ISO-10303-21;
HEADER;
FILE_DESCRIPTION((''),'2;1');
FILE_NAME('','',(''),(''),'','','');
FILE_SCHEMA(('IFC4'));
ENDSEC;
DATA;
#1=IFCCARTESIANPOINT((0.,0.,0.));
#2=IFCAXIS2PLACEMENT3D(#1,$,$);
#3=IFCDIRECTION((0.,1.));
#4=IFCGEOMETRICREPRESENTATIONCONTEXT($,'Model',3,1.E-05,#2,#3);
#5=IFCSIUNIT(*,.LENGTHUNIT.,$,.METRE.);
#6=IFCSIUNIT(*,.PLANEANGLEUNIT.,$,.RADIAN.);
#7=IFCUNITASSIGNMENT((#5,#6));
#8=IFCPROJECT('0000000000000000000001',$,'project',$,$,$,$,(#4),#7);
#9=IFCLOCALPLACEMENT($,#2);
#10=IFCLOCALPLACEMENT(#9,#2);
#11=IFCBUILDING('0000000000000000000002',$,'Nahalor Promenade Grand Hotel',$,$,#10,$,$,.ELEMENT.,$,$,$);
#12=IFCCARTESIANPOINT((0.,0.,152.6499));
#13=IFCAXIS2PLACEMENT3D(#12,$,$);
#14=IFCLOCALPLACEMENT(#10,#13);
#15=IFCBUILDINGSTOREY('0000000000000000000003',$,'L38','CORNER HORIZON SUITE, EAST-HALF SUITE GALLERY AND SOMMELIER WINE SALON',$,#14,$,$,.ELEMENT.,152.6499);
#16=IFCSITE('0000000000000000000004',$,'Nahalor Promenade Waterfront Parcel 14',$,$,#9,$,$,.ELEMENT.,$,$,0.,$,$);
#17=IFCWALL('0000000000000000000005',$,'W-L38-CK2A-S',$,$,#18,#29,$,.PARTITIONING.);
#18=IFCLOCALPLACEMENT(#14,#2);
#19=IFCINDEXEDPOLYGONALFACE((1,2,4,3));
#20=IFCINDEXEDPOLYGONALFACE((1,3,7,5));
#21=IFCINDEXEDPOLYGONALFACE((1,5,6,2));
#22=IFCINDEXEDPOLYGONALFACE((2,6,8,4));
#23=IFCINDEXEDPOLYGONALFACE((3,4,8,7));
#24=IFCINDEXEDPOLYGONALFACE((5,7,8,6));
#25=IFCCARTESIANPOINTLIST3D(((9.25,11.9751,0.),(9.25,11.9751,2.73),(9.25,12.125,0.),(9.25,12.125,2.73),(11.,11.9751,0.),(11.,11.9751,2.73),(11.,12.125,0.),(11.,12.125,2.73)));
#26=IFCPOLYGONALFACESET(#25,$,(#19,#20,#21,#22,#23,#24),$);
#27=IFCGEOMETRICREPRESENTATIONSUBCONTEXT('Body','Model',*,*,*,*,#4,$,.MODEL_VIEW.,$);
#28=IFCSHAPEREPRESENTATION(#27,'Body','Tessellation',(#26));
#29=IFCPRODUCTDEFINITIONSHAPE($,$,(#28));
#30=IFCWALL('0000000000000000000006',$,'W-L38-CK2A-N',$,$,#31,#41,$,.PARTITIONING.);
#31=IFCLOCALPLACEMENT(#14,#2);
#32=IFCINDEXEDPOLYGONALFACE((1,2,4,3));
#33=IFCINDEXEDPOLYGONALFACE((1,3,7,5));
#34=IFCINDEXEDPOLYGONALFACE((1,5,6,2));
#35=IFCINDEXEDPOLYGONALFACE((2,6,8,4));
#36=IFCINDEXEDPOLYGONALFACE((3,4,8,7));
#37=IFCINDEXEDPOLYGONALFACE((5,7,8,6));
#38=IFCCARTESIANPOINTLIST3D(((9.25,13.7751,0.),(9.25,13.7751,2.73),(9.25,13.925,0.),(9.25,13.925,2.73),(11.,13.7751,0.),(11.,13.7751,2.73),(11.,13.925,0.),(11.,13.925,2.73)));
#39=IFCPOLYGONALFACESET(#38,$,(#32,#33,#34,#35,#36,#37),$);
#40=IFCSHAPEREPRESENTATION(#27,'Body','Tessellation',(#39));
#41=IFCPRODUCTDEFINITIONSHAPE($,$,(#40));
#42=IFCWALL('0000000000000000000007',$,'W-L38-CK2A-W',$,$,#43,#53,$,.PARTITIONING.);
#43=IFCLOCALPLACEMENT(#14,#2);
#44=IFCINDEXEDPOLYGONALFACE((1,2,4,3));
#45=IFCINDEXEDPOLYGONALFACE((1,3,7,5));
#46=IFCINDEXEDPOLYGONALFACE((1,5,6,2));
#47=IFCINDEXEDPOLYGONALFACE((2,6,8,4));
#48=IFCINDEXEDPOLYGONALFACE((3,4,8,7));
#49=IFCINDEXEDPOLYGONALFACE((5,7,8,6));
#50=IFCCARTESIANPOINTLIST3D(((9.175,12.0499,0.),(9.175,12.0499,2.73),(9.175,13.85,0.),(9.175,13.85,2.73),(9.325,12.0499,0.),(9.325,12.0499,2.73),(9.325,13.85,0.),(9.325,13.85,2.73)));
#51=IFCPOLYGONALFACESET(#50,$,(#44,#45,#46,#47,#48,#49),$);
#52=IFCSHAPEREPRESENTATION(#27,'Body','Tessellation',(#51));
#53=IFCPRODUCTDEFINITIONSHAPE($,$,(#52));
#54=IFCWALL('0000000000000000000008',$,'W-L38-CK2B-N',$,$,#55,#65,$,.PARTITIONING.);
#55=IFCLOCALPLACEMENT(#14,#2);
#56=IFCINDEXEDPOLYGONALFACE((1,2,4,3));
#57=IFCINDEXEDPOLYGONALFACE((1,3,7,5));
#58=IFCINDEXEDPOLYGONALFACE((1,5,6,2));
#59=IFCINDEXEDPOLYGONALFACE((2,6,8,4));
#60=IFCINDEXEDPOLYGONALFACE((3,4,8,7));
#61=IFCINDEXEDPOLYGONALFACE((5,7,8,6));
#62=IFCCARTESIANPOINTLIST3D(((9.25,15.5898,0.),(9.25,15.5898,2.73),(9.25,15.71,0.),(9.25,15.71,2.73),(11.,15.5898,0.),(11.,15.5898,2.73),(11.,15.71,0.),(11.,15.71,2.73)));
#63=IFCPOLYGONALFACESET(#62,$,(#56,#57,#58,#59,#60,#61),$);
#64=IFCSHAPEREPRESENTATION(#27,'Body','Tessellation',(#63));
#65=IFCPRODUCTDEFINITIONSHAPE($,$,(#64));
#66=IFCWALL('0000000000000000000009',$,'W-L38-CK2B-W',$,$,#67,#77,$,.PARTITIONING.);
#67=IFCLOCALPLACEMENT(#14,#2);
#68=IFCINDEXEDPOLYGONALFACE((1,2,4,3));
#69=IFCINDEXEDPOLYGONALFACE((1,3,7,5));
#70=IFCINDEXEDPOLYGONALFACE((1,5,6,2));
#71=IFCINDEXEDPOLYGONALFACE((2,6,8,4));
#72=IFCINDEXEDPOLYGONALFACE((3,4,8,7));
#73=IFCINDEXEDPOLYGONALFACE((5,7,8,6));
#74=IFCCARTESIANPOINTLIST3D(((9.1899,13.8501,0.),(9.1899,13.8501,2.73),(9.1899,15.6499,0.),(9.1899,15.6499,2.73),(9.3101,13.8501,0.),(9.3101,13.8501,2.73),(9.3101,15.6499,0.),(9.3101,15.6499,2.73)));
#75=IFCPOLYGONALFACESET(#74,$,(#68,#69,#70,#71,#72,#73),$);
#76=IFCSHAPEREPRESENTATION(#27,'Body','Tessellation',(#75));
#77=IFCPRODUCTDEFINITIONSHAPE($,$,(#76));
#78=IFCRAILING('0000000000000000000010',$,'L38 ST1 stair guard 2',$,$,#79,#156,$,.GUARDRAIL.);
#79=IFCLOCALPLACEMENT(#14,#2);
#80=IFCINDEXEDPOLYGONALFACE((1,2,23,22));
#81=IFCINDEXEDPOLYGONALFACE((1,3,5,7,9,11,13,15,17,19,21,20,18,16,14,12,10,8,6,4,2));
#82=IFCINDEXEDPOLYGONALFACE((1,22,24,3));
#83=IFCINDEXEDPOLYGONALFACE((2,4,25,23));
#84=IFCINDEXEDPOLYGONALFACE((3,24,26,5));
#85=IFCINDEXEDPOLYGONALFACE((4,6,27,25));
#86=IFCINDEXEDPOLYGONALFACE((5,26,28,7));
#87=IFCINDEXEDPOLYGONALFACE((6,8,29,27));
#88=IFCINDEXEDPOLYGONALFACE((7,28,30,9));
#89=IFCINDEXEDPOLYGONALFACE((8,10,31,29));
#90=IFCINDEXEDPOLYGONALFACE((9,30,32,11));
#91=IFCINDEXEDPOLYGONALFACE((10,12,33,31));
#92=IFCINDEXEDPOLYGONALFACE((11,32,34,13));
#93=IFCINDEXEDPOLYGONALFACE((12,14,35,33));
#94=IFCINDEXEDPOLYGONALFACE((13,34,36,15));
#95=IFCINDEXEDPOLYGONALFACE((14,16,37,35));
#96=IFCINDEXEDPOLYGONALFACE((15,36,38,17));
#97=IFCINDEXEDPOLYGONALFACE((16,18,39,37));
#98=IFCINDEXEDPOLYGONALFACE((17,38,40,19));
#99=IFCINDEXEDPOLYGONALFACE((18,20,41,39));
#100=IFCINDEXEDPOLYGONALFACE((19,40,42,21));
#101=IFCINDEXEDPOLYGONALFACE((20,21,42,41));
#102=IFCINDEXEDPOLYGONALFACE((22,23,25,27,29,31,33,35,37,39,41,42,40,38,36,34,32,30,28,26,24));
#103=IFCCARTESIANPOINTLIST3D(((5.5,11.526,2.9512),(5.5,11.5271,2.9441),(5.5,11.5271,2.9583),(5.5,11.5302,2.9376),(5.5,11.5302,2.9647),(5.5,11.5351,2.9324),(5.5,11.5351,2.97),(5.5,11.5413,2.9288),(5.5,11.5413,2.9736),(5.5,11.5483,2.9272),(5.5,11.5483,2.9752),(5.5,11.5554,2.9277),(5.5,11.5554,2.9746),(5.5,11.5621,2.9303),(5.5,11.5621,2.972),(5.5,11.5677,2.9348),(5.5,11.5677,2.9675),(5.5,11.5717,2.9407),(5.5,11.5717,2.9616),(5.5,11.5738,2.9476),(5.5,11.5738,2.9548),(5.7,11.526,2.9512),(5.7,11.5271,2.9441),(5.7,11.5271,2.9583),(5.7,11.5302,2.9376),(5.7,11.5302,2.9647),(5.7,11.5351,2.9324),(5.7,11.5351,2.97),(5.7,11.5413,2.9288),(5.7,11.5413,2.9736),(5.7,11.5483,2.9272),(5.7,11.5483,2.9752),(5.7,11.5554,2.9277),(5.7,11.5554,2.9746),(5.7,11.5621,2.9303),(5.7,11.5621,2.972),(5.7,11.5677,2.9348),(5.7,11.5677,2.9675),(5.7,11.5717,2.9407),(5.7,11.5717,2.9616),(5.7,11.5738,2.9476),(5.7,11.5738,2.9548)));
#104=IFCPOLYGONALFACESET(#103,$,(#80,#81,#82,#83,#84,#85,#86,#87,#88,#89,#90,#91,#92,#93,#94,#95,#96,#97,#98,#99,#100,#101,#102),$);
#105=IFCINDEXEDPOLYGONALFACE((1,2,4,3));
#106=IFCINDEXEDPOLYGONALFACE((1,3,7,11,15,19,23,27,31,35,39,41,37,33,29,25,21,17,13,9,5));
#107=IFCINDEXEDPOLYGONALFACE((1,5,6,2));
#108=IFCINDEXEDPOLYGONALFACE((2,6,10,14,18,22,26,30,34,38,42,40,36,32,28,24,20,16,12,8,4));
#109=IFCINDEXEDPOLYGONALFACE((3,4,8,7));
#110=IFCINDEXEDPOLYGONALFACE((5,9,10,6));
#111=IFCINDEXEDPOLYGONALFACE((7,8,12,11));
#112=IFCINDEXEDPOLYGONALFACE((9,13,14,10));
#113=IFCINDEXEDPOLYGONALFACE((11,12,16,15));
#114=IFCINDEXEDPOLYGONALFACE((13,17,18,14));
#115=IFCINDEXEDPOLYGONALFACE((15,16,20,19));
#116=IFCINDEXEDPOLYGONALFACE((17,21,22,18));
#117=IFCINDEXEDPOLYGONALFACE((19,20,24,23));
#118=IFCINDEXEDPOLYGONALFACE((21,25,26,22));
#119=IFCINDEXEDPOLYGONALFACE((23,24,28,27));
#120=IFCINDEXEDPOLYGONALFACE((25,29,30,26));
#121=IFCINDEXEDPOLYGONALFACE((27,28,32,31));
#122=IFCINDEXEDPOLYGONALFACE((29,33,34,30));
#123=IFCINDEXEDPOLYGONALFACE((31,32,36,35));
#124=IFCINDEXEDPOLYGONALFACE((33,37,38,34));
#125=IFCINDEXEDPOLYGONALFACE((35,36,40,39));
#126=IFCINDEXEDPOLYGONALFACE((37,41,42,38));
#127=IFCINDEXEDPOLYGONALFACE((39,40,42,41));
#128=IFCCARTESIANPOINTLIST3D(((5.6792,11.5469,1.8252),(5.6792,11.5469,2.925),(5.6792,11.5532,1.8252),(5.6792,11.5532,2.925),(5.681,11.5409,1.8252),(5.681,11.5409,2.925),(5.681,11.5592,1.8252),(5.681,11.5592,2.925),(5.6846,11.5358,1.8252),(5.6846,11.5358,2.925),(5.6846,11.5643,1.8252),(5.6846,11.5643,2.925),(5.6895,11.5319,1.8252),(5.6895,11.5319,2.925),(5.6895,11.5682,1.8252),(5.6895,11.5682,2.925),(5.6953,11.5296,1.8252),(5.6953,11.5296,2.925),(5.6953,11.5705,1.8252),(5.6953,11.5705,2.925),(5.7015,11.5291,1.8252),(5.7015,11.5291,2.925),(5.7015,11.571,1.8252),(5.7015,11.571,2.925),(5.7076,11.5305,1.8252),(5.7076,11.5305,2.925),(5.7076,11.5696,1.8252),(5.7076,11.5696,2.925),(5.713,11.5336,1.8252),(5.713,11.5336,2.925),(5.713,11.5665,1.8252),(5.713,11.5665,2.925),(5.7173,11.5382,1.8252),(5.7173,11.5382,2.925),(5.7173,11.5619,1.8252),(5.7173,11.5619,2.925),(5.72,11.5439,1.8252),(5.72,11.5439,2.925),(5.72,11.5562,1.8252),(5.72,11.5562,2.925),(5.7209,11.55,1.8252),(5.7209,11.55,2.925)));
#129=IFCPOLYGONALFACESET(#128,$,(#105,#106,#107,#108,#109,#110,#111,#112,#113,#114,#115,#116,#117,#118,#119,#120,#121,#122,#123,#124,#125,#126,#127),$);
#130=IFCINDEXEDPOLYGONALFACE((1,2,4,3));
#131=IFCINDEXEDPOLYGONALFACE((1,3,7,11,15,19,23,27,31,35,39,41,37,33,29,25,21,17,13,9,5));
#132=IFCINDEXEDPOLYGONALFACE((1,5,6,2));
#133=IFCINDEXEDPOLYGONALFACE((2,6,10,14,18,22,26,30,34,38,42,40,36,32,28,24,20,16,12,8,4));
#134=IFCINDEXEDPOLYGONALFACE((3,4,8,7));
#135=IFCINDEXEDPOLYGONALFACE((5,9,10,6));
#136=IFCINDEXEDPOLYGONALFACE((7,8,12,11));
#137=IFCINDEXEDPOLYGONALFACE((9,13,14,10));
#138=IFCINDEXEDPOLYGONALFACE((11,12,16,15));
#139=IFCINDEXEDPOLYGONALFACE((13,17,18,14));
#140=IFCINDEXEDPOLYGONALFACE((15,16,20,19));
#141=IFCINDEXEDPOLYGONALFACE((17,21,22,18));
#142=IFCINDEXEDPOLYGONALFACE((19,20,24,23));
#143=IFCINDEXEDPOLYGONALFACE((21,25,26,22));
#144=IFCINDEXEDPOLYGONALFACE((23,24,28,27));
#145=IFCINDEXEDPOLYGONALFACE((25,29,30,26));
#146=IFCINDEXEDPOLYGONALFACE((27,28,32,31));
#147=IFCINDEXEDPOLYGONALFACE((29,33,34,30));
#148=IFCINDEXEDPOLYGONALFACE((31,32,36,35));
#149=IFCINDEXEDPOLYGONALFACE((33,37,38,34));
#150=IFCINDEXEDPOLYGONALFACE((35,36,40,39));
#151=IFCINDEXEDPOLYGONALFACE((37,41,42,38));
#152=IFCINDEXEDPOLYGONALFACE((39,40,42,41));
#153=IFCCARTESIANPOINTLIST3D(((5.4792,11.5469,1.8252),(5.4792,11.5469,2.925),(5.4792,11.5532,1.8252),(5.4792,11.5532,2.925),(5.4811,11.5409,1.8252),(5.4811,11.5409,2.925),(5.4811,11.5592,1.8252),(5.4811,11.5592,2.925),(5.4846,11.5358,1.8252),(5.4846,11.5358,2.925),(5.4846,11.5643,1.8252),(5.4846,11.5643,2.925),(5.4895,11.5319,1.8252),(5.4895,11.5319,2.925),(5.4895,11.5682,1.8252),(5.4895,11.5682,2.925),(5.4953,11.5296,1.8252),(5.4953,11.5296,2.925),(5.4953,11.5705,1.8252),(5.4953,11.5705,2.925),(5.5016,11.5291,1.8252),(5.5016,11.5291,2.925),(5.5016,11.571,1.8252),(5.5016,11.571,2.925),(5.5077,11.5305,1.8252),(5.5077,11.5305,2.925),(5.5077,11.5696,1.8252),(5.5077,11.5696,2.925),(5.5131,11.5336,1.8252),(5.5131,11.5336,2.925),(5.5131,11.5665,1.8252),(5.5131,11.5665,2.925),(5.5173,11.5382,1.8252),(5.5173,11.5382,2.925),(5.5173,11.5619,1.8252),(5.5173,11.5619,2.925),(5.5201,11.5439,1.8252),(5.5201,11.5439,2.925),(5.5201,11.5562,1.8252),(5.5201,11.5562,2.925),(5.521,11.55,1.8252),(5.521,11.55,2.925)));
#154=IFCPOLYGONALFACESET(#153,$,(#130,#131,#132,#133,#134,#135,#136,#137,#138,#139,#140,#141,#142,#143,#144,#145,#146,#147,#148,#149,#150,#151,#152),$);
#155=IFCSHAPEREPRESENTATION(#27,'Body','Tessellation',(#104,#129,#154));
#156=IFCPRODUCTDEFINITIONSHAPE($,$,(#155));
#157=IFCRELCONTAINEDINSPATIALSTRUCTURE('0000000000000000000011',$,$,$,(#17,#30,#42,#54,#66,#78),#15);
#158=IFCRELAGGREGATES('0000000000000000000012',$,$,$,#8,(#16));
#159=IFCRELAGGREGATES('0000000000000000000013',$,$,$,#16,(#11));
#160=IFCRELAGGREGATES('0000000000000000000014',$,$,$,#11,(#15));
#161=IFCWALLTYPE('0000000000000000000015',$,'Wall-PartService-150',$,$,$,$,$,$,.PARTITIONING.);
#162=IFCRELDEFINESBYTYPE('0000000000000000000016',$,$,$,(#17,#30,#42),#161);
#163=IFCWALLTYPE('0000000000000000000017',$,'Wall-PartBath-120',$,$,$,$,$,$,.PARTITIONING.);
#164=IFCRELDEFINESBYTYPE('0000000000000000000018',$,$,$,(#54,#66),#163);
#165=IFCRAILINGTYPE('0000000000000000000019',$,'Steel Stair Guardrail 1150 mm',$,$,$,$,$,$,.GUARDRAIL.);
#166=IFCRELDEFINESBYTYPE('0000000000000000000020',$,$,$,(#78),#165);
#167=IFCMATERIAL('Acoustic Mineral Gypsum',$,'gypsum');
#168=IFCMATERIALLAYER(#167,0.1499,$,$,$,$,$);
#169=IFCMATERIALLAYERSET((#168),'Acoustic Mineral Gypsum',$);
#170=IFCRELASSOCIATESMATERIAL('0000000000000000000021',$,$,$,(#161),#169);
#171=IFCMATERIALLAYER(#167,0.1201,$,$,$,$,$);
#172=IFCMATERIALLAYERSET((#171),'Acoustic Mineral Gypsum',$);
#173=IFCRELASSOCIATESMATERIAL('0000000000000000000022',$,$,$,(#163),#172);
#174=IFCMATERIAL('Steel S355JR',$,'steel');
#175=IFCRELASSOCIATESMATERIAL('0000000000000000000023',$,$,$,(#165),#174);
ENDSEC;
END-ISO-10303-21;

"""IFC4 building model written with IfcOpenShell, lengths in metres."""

from ifc_helpers import new_model, si_unit, direction, frame, frame_2d, origin, origin_2d, place, context, subcontext, project, spatial, rectangle, circle, extrude, source, transform, mapped, material, layer, layer_set, type_object, element, save


model = new_model("IFC4")

# Units and contexts
model_context = context("Model", 3, precision=1e-05, world=origin(), true_north=direction((0.0, 1.0)))
body_context = subcontext(model_context, "Body", "Model", "MODEL_VIEW")
ifc_project = project(units=[si_unit("LENGTHUNIT", "METRE"), si_unit("PLANEANGLEUNIT", "RADIAN")], contexts=[model_context])

# Site, building, storey
site_placement = place(None, origin())
site = spatial("IfcSite", under=ifc_project, at=site_placement, Name="Nahalor Promenade Waterfront Parcel 14", CompositionType="ELEMENT", RefElevation=0.0)
building_placement = place(site_placement, origin())
building = spatial("IfcBuilding", under=site, at=building_placement, Name="Nahalor Promenade Grand Hotel", CompositionType="ELEMENT")
storey_placement = place(building_placement, frame((0.0, 0.0, 152.6499)))
storey = spatial("IfcBuildingStorey", under=building, at=storey_placement, Name="L38", Description="CORNER HORIZON SUITE, EAST-HALF SUITE GALLERY AND SOMMELIER WINE SALON", CompositionType="ELEMENT", Elevation=152.6499)

# Shared definitions
ifc_material_1 = material(Name="Steel S355JR", Category="steel")

# Walls
ifc_material_2 = material(Name="Acoustic Mineral Gypsum", Category="gypsum")
ifc_layer_1 = layer(ifc_material_2, 0.1499)
ifc_layer_set_1 = layer_set([ifc_layer_1], Name="Acoustic Mineral Gypsum")
wall_type_1 = type_object("IfcWallType", Name="Wall-PartService-150", PredefinedType="PARTITIONING", material=ifc_layer_set_1)
shared_shape_1 = source(origin(), body_context, "Body", "SweptSolid", [
    extrude(rectangle(XDim=1.75, YDim=0.1499, at=frame_2d((0.875, 0.0))), origin(), (0.0, 0.0, 1.0), 2.73),
])
for number, where, z_axis, x_axis, name in (
    (1, (9.25, 12.05, 0.0), (0.0, 0.0, 1.0), (1.0, 0.0, 0.0), "W-L38-CK2A-S"),
    (2, (9.25, 13.8501, 0.0), (0.0, 0.0, 1.0), (1.0, 0.0, 0.0), "W-L38-CK2A-N"),
):
    element("IfcWall", number, at=place(storey_placement, frame(where, z_axis=z_axis, x_axis=x_axis)), inside=storey, type_object=wall_type_1, Name=name, PredefinedType="PARTITIONING", context=body_context, shape_type="MappedRepresentation", body=[
        mapped(shared_shape_1, transform((0.0, 0.0, 0.0), scale=1.0)),
    ])
shared_shape_2 = source(origin(), body_context, "Body", "SweptSolid", [
    extrude(rectangle(XDim=1.8, YDim=0.1499, at=frame_2d((0.8999, 0.0))), origin(), (0.0, 0.0, 1.0), 2.73),
])
wall_1_placement = place(storey_placement, frame((9.25, 12.05, 0.0), z_axis=(0.0, 0.0, 1.0), x_axis=(0.0, 1.0, 0.0)))
element("IfcWall", 3, at=wall_1_placement, inside=storey, type_object=wall_type_1, Name="W-L38-CK2A-W", PredefinedType="PARTITIONING", context=body_context, shape_type="MappedRepresentation", body=[
    mapped(shared_shape_2, transform((0.0, 0.0, 0.0), scale=1.0)),
])
ifc_layer_2 = layer(ifc_material_2, 0.1201)
ifc_layer_set_2 = layer_set([ifc_layer_2], Name="Acoustic Mineral Gypsum")
wall_type_2 = type_object("IfcWallType", Name="Wall-PartBath-120", PredefinedType="PARTITIONING", material=ifc_layer_set_2)
shared_shape_3 = source(origin(), body_context, "Body", "SweptSolid", [
    extrude(rectangle(XDim=1.75, YDim=0.1201, at=frame_2d((0.875, 0.0))), origin(), (0.0, 0.0, 1.0), 2.73),
])
wall_2_placement = place(storey_placement, frame((9.25, 15.6499, 0.0), z_axis=(0.0, 0.0, 1.0), x_axis=(1.0, 0.0, 0.0)))
element("IfcWall", 4, at=wall_2_placement, inside=storey, type_object=wall_type_2, Name="W-L38-CK2B-N", PredefinedType="PARTITIONING", context=body_context, shape_type="MappedRepresentation", body=[
    mapped(shared_shape_3, transform((0.0, 0.0, 0.0), scale=1.0)),
])
shared_shape_4 = source(origin(), body_context, "Body", "SweptSolid", [
    extrude(rectangle(XDim=1.7998, YDim=0.1201, at=frame_2d((0.8999, 0.0))), origin(), (0.0, 0.0, 1.0), 2.73),
])
wall_3_placement = place(storey_placement, frame((9.25, 13.8501, 0.0), z_axis=(0.0, 0.0, 1.0), x_axis=(0.0, 1.0, 0.0)))
element("IfcWall", 5, at=wall_3_placement, inside=storey, type_object=wall_type_2, Name="W-L38-CK2B-W", PredefinedType="PARTITIONING", context=body_context, shape_type="MappedRepresentation", body=[
    mapped(shared_shape_4, transform((0.0, 0.0, 0.0), scale=1.0)),
])

# Railing
railing_type = type_object("IfcRailingType", Name="Steel Stair Guardrail 1150 mm", PredefinedType="GUARDRAIL", material=ifc_material_1)
railing_placement = place(storey_placement, frame((5.7, 11.55, 1.8252)))
element("IfcRailing", 6, at=railing_placement, inside=storey, type_object=railing_type, Name="L38 ST1 stair guard 2", PredefinedType="GUARDRAIL", context=body_context, shape_type="SweptSolid", body=[
    extrude(circle(Radius=0.024, at=origin_2d()), frame((0.0, 0.0, 1.126), z_axis=(-1.0, 0.0, 0.0), x_axis=(0.0, -1.0, 0.0)), (0.0, 0.0, 1.0), 0.2),
    extrude(circle(Radius=0.021, at=origin_2d()), origin(), (0.0, 0.0, 1.0), 1.0999),
    extrude(circle(Radius=0.021, at=origin_2d()), frame((-0.2, 0.0, 0.0)), (0.0, 0.0, 1.0), 1.0999),
])

save(model, "model.ifc")
